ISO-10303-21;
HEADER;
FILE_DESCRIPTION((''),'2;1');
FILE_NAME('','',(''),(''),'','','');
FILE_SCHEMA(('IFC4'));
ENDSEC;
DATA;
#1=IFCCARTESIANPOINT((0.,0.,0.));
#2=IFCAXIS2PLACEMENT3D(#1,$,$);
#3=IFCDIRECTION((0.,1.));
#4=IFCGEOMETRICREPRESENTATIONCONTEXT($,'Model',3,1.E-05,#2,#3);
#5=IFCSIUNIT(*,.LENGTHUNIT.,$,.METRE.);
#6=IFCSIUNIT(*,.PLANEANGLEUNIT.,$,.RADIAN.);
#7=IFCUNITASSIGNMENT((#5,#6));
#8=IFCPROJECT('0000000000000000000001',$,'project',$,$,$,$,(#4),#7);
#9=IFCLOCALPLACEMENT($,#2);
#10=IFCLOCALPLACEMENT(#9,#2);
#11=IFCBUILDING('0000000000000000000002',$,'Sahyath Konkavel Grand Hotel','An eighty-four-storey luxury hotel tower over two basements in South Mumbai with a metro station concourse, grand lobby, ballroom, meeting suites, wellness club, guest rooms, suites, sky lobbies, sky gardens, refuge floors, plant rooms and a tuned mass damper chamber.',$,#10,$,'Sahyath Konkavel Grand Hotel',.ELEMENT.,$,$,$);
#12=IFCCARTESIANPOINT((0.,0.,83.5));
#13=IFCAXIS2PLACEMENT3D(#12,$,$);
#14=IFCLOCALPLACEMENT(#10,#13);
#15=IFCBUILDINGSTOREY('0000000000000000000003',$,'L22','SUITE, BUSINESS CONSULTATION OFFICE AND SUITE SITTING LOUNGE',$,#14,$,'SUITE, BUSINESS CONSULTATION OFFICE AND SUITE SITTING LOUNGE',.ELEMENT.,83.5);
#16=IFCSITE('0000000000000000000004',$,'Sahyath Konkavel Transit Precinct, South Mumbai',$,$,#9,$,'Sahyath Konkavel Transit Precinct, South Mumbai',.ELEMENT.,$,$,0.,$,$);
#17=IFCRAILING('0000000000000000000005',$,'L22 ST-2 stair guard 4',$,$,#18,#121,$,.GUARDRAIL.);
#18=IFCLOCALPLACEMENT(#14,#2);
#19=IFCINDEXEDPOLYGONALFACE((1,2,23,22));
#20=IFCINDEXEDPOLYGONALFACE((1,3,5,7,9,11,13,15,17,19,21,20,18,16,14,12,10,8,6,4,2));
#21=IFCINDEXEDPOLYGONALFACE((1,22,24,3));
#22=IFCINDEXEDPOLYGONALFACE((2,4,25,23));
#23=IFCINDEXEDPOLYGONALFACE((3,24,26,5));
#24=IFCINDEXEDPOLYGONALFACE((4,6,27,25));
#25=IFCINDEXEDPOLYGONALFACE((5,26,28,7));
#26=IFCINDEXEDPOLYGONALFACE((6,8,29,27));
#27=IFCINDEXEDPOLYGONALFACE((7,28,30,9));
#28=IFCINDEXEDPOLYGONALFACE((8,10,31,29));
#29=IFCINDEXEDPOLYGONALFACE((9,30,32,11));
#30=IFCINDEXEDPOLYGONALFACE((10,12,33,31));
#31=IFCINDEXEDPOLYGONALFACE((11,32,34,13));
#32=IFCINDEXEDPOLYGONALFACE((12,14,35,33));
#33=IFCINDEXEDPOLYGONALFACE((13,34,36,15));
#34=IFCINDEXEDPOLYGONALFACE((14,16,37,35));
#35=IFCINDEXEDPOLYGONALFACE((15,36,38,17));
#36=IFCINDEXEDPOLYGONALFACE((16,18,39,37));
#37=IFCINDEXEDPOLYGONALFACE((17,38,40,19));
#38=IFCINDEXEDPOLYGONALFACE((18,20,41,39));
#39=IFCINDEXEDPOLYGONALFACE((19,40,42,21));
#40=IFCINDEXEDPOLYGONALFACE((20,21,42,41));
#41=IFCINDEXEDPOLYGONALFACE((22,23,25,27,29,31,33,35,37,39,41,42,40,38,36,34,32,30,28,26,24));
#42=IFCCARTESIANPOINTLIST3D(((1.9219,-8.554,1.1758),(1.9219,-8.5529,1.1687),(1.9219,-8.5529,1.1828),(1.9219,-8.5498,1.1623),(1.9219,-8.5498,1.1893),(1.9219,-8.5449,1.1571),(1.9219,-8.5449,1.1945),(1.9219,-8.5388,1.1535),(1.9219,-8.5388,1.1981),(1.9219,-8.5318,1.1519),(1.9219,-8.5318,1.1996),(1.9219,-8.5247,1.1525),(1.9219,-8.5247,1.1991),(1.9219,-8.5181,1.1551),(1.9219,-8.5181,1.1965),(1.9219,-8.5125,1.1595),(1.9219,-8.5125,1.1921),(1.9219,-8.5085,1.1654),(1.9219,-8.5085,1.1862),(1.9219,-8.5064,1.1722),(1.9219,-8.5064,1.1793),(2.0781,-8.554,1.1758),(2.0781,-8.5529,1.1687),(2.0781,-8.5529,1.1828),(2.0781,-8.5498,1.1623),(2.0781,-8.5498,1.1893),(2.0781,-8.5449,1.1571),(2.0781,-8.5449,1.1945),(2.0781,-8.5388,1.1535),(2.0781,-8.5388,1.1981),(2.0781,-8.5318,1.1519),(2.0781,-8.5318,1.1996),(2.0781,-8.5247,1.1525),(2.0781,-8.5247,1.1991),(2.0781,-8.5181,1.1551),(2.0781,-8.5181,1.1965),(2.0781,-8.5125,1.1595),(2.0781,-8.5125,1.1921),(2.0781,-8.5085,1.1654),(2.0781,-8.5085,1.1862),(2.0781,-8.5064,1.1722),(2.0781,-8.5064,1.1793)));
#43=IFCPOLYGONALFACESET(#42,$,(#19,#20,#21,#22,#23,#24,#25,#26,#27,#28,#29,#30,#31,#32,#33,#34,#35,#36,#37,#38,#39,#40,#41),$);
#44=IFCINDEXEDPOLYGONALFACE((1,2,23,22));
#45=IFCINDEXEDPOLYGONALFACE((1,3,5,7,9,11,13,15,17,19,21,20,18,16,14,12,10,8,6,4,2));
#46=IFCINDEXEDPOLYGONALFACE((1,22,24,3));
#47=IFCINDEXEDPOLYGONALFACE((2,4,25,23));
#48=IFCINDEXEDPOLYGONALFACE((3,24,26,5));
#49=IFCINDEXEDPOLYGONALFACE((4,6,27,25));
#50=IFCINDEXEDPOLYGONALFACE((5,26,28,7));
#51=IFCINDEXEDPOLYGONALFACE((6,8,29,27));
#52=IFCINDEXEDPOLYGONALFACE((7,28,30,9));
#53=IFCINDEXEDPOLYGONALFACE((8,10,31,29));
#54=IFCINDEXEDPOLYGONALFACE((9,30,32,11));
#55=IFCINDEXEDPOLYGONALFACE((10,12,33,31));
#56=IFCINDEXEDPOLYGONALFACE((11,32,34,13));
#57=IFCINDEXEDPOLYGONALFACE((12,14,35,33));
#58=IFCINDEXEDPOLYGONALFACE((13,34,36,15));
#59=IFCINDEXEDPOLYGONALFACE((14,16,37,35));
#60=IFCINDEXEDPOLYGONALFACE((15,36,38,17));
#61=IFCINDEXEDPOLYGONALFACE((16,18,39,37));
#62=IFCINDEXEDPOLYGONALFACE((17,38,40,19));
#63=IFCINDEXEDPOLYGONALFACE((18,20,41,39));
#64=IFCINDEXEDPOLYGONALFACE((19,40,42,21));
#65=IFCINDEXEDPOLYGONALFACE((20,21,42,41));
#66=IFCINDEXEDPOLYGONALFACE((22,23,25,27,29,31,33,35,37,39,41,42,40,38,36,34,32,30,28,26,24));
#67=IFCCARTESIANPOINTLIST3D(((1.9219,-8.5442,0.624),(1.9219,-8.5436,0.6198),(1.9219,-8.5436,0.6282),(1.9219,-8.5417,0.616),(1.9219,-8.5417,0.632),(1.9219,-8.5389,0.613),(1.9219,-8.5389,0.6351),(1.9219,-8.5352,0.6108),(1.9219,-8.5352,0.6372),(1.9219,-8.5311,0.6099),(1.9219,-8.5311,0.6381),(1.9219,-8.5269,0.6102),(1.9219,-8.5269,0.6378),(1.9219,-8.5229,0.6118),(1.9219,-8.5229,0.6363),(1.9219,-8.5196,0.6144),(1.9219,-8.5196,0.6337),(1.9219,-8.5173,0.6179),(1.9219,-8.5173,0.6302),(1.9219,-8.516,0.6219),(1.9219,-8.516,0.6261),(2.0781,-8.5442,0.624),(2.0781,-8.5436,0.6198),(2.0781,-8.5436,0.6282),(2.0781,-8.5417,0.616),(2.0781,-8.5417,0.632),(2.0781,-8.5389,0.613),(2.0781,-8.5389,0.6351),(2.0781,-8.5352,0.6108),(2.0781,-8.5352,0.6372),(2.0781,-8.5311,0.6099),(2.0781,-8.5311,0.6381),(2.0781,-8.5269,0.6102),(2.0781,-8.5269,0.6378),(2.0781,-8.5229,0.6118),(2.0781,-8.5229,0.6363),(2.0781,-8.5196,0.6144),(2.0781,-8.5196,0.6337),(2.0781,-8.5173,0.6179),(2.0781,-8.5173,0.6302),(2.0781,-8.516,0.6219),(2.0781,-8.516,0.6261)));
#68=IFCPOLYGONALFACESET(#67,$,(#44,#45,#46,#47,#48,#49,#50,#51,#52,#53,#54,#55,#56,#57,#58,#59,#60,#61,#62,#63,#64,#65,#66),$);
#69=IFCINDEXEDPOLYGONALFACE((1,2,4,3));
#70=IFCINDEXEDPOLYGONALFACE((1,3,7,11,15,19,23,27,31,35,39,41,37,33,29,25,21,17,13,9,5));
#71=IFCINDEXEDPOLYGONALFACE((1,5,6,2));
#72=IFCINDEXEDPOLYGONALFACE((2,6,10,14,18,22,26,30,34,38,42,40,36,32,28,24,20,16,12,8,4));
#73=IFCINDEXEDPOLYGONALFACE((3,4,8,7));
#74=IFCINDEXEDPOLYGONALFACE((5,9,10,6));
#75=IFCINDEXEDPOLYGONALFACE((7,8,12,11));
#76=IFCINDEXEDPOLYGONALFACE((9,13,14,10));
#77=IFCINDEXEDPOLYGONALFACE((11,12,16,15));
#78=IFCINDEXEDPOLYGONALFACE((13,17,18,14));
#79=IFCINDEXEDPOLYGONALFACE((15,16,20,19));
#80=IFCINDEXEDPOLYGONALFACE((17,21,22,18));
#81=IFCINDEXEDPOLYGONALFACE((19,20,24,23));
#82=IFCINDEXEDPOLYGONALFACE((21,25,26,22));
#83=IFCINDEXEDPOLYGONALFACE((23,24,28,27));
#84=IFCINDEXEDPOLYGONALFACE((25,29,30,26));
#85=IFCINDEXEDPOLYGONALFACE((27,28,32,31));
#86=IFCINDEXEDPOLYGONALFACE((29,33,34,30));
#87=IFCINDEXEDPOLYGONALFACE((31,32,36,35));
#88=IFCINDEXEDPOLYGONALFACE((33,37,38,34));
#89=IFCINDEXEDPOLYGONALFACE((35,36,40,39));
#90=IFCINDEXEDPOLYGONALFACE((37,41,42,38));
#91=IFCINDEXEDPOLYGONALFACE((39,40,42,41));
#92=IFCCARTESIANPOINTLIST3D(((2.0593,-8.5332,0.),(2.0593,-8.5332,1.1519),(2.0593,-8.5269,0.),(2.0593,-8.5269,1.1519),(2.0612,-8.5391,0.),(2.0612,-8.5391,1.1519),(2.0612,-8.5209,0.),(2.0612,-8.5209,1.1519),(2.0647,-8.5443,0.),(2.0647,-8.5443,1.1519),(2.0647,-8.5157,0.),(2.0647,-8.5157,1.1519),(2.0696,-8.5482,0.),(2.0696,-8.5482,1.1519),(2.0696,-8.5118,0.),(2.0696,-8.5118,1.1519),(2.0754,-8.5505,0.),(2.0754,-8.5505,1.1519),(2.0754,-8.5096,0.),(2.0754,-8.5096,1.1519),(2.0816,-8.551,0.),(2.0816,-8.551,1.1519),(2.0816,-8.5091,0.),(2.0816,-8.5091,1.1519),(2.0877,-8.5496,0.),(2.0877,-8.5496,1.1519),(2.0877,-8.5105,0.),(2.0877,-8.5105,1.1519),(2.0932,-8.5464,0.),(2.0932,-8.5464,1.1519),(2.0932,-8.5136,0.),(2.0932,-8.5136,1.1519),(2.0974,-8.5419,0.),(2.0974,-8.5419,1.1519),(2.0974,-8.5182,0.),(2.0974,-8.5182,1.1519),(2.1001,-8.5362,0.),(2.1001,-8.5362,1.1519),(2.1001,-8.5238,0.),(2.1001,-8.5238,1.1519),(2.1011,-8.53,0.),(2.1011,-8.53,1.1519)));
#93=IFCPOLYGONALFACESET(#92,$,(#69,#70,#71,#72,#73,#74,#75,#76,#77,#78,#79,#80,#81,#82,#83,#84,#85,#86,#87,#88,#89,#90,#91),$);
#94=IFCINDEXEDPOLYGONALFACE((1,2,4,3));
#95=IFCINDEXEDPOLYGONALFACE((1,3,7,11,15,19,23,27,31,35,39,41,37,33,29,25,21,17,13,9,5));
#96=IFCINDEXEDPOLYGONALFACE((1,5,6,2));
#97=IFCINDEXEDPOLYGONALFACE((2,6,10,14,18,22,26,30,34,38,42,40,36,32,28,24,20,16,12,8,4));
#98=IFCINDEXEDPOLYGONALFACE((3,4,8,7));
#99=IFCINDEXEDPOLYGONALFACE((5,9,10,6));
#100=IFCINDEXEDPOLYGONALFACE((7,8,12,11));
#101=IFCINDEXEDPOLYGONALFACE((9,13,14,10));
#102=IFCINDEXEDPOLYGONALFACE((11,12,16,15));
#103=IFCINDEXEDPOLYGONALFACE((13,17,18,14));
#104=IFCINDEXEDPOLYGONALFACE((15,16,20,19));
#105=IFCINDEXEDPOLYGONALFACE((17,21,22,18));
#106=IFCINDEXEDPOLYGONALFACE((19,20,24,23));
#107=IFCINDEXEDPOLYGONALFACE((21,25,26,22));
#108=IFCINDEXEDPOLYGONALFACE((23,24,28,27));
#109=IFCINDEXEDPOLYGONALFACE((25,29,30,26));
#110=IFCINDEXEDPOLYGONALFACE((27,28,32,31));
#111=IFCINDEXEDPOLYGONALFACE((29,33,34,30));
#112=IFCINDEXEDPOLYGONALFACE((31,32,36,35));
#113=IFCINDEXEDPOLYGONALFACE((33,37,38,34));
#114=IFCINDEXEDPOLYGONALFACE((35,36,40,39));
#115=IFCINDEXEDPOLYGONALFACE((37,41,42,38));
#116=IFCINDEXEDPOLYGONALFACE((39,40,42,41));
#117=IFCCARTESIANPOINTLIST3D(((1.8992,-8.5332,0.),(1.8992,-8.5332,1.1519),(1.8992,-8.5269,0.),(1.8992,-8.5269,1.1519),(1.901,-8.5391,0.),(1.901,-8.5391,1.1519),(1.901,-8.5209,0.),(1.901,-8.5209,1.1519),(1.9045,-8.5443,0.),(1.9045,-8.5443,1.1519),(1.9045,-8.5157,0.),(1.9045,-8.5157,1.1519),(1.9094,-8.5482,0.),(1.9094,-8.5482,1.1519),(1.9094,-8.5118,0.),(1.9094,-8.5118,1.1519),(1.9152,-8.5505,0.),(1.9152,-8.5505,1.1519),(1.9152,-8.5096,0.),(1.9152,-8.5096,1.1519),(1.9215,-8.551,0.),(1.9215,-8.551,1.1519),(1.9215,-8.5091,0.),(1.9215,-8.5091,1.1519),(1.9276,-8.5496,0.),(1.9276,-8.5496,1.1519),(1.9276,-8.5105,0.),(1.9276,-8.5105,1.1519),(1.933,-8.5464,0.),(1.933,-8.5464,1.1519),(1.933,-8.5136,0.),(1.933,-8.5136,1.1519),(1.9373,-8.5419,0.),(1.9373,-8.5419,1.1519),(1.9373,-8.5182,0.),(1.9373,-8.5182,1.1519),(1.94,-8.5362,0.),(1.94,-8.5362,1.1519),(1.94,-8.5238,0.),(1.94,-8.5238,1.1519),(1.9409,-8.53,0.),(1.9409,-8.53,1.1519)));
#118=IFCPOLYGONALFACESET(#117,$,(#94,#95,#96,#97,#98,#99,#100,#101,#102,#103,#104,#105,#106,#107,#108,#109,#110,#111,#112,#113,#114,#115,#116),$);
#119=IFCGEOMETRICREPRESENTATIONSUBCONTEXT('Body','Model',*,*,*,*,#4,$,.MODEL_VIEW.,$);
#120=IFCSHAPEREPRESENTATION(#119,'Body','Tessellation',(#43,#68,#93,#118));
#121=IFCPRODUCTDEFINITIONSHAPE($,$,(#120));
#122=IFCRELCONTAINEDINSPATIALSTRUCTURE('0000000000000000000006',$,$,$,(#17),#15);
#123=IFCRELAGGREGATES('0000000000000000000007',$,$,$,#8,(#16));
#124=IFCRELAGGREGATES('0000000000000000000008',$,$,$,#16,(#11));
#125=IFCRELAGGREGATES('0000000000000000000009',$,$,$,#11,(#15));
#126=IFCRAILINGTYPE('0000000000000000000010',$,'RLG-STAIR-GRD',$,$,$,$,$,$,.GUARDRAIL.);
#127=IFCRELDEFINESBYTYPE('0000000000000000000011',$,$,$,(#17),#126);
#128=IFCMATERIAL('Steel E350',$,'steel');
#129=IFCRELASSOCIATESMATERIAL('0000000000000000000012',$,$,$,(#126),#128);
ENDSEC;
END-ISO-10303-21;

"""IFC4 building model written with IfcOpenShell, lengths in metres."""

from ifc_helpers import new_model, si_unit, direction, frame, origin, origin_2d, place, context, subcontext, project, spatial, circle, extrude, material, type_object, element, save


model = new_model("IFC4")

# Units and contexts
model_context = context("Model", 3, precision=1e-05, world=origin(), true_north=direction((0.0, 1.0)))
body_context = subcontext(model_context, "Body", "Model", "MODEL_VIEW")
ifc_project = project(units=[si_unit("LENGTHUNIT", "METRE"), si_unit("PLANEANGLEUNIT", "RADIAN")], contexts=[model_context])

# Site, building, storey
site_placement = place(None, origin())
site = spatial("IfcSite", under=ifc_project, at=site_placement, Name="Sahyath Konkavel Transit Precinct, South Mumbai", LongName="Sahyath Konkavel Transit Precinct, South Mumbai", CompositionType="ELEMENT", RefElevation=0.0)
building_placement = place(site_placement, origin())
building = spatial("IfcBuilding", under=site, at=building_placement, Name="Sahyath Konkavel Grand Hotel", Description="An eighty-four-storey luxury hotel tower over two basements in South Mumbai with a metro station concourse, grand lobby, ballroom, meeting suites, wellness club, guest rooms, suites, sky lobbies, sky gardens, refuge floors, plant rooms and a tuned mass damper chamber.", LongName="Sahyath Konkavel Grand Hotel", CompositionType="ELEMENT")
storey_placement = place(building_placement, frame((0.0, 0.0, 83.5)))
storey = spatial("IfcBuildingStorey", under=building, at=storey_placement, Name="L22", Description="SUITE, BUSINESS CONSULTATION OFFICE AND SUITE SITTING LOUNGE", LongName="SUITE, BUSINESS CONSULTATION OFFICE AND SUITE SITTING LOUNGE", CompositionType="ELEMENT", Elevation=83.5)

# Shared definitions
ifc_material_1 = material(Name="Steel E350", Category="steel")

# Railing
railing_type_1 = type_object("IfcRailingType", Name="RLG-STAIR-GRD", PredefinedType="GUARDRAIL", material=ifc_material_1)
railing_1_placement = place(storey_placement, frame((2.0801, -8.53, 0.0)))
element("IfcRailing", 1, at=railing_1_placement, inside=storey, type_object=railing_type_1, Name="L22 ST-2 stair guard 4", PredefinedType="GUARDRAIL", context=body_context, shape_type="SweptSolid", body=[
    extrude(circle(Radius=0.0239, at=origin_2d()), frame((-0.002, 0.0, 1.1758), z_axis=(-1.0, 0.0, 0.0), x_axis=(0.0, -1.0, 0.0)), (0.0, 0.0, 1.0), 0.1562),
    extrude(circle(Radius=0.0142, at=origin_2d()), frame((-0.002, 0.0, 0.624), z_axis=(-1.0, 0.0, 0.0), x_axis=(0.0, -1.0, 0.0)), (0.0, 0.0, 1.0), 0.1562),
    extrude(circle(Radius=0.021, at=origin_2d()), origin(), (0.0, 0.0, 1.0), 1.1519),
    extrude(circle(Radius=0.021, at=origin_2d()), frame((-0.1602, 0.0, 0.0)), (0.0, 0.0, 1.0), 1.1519),
])

save(model, "model.ifc")
